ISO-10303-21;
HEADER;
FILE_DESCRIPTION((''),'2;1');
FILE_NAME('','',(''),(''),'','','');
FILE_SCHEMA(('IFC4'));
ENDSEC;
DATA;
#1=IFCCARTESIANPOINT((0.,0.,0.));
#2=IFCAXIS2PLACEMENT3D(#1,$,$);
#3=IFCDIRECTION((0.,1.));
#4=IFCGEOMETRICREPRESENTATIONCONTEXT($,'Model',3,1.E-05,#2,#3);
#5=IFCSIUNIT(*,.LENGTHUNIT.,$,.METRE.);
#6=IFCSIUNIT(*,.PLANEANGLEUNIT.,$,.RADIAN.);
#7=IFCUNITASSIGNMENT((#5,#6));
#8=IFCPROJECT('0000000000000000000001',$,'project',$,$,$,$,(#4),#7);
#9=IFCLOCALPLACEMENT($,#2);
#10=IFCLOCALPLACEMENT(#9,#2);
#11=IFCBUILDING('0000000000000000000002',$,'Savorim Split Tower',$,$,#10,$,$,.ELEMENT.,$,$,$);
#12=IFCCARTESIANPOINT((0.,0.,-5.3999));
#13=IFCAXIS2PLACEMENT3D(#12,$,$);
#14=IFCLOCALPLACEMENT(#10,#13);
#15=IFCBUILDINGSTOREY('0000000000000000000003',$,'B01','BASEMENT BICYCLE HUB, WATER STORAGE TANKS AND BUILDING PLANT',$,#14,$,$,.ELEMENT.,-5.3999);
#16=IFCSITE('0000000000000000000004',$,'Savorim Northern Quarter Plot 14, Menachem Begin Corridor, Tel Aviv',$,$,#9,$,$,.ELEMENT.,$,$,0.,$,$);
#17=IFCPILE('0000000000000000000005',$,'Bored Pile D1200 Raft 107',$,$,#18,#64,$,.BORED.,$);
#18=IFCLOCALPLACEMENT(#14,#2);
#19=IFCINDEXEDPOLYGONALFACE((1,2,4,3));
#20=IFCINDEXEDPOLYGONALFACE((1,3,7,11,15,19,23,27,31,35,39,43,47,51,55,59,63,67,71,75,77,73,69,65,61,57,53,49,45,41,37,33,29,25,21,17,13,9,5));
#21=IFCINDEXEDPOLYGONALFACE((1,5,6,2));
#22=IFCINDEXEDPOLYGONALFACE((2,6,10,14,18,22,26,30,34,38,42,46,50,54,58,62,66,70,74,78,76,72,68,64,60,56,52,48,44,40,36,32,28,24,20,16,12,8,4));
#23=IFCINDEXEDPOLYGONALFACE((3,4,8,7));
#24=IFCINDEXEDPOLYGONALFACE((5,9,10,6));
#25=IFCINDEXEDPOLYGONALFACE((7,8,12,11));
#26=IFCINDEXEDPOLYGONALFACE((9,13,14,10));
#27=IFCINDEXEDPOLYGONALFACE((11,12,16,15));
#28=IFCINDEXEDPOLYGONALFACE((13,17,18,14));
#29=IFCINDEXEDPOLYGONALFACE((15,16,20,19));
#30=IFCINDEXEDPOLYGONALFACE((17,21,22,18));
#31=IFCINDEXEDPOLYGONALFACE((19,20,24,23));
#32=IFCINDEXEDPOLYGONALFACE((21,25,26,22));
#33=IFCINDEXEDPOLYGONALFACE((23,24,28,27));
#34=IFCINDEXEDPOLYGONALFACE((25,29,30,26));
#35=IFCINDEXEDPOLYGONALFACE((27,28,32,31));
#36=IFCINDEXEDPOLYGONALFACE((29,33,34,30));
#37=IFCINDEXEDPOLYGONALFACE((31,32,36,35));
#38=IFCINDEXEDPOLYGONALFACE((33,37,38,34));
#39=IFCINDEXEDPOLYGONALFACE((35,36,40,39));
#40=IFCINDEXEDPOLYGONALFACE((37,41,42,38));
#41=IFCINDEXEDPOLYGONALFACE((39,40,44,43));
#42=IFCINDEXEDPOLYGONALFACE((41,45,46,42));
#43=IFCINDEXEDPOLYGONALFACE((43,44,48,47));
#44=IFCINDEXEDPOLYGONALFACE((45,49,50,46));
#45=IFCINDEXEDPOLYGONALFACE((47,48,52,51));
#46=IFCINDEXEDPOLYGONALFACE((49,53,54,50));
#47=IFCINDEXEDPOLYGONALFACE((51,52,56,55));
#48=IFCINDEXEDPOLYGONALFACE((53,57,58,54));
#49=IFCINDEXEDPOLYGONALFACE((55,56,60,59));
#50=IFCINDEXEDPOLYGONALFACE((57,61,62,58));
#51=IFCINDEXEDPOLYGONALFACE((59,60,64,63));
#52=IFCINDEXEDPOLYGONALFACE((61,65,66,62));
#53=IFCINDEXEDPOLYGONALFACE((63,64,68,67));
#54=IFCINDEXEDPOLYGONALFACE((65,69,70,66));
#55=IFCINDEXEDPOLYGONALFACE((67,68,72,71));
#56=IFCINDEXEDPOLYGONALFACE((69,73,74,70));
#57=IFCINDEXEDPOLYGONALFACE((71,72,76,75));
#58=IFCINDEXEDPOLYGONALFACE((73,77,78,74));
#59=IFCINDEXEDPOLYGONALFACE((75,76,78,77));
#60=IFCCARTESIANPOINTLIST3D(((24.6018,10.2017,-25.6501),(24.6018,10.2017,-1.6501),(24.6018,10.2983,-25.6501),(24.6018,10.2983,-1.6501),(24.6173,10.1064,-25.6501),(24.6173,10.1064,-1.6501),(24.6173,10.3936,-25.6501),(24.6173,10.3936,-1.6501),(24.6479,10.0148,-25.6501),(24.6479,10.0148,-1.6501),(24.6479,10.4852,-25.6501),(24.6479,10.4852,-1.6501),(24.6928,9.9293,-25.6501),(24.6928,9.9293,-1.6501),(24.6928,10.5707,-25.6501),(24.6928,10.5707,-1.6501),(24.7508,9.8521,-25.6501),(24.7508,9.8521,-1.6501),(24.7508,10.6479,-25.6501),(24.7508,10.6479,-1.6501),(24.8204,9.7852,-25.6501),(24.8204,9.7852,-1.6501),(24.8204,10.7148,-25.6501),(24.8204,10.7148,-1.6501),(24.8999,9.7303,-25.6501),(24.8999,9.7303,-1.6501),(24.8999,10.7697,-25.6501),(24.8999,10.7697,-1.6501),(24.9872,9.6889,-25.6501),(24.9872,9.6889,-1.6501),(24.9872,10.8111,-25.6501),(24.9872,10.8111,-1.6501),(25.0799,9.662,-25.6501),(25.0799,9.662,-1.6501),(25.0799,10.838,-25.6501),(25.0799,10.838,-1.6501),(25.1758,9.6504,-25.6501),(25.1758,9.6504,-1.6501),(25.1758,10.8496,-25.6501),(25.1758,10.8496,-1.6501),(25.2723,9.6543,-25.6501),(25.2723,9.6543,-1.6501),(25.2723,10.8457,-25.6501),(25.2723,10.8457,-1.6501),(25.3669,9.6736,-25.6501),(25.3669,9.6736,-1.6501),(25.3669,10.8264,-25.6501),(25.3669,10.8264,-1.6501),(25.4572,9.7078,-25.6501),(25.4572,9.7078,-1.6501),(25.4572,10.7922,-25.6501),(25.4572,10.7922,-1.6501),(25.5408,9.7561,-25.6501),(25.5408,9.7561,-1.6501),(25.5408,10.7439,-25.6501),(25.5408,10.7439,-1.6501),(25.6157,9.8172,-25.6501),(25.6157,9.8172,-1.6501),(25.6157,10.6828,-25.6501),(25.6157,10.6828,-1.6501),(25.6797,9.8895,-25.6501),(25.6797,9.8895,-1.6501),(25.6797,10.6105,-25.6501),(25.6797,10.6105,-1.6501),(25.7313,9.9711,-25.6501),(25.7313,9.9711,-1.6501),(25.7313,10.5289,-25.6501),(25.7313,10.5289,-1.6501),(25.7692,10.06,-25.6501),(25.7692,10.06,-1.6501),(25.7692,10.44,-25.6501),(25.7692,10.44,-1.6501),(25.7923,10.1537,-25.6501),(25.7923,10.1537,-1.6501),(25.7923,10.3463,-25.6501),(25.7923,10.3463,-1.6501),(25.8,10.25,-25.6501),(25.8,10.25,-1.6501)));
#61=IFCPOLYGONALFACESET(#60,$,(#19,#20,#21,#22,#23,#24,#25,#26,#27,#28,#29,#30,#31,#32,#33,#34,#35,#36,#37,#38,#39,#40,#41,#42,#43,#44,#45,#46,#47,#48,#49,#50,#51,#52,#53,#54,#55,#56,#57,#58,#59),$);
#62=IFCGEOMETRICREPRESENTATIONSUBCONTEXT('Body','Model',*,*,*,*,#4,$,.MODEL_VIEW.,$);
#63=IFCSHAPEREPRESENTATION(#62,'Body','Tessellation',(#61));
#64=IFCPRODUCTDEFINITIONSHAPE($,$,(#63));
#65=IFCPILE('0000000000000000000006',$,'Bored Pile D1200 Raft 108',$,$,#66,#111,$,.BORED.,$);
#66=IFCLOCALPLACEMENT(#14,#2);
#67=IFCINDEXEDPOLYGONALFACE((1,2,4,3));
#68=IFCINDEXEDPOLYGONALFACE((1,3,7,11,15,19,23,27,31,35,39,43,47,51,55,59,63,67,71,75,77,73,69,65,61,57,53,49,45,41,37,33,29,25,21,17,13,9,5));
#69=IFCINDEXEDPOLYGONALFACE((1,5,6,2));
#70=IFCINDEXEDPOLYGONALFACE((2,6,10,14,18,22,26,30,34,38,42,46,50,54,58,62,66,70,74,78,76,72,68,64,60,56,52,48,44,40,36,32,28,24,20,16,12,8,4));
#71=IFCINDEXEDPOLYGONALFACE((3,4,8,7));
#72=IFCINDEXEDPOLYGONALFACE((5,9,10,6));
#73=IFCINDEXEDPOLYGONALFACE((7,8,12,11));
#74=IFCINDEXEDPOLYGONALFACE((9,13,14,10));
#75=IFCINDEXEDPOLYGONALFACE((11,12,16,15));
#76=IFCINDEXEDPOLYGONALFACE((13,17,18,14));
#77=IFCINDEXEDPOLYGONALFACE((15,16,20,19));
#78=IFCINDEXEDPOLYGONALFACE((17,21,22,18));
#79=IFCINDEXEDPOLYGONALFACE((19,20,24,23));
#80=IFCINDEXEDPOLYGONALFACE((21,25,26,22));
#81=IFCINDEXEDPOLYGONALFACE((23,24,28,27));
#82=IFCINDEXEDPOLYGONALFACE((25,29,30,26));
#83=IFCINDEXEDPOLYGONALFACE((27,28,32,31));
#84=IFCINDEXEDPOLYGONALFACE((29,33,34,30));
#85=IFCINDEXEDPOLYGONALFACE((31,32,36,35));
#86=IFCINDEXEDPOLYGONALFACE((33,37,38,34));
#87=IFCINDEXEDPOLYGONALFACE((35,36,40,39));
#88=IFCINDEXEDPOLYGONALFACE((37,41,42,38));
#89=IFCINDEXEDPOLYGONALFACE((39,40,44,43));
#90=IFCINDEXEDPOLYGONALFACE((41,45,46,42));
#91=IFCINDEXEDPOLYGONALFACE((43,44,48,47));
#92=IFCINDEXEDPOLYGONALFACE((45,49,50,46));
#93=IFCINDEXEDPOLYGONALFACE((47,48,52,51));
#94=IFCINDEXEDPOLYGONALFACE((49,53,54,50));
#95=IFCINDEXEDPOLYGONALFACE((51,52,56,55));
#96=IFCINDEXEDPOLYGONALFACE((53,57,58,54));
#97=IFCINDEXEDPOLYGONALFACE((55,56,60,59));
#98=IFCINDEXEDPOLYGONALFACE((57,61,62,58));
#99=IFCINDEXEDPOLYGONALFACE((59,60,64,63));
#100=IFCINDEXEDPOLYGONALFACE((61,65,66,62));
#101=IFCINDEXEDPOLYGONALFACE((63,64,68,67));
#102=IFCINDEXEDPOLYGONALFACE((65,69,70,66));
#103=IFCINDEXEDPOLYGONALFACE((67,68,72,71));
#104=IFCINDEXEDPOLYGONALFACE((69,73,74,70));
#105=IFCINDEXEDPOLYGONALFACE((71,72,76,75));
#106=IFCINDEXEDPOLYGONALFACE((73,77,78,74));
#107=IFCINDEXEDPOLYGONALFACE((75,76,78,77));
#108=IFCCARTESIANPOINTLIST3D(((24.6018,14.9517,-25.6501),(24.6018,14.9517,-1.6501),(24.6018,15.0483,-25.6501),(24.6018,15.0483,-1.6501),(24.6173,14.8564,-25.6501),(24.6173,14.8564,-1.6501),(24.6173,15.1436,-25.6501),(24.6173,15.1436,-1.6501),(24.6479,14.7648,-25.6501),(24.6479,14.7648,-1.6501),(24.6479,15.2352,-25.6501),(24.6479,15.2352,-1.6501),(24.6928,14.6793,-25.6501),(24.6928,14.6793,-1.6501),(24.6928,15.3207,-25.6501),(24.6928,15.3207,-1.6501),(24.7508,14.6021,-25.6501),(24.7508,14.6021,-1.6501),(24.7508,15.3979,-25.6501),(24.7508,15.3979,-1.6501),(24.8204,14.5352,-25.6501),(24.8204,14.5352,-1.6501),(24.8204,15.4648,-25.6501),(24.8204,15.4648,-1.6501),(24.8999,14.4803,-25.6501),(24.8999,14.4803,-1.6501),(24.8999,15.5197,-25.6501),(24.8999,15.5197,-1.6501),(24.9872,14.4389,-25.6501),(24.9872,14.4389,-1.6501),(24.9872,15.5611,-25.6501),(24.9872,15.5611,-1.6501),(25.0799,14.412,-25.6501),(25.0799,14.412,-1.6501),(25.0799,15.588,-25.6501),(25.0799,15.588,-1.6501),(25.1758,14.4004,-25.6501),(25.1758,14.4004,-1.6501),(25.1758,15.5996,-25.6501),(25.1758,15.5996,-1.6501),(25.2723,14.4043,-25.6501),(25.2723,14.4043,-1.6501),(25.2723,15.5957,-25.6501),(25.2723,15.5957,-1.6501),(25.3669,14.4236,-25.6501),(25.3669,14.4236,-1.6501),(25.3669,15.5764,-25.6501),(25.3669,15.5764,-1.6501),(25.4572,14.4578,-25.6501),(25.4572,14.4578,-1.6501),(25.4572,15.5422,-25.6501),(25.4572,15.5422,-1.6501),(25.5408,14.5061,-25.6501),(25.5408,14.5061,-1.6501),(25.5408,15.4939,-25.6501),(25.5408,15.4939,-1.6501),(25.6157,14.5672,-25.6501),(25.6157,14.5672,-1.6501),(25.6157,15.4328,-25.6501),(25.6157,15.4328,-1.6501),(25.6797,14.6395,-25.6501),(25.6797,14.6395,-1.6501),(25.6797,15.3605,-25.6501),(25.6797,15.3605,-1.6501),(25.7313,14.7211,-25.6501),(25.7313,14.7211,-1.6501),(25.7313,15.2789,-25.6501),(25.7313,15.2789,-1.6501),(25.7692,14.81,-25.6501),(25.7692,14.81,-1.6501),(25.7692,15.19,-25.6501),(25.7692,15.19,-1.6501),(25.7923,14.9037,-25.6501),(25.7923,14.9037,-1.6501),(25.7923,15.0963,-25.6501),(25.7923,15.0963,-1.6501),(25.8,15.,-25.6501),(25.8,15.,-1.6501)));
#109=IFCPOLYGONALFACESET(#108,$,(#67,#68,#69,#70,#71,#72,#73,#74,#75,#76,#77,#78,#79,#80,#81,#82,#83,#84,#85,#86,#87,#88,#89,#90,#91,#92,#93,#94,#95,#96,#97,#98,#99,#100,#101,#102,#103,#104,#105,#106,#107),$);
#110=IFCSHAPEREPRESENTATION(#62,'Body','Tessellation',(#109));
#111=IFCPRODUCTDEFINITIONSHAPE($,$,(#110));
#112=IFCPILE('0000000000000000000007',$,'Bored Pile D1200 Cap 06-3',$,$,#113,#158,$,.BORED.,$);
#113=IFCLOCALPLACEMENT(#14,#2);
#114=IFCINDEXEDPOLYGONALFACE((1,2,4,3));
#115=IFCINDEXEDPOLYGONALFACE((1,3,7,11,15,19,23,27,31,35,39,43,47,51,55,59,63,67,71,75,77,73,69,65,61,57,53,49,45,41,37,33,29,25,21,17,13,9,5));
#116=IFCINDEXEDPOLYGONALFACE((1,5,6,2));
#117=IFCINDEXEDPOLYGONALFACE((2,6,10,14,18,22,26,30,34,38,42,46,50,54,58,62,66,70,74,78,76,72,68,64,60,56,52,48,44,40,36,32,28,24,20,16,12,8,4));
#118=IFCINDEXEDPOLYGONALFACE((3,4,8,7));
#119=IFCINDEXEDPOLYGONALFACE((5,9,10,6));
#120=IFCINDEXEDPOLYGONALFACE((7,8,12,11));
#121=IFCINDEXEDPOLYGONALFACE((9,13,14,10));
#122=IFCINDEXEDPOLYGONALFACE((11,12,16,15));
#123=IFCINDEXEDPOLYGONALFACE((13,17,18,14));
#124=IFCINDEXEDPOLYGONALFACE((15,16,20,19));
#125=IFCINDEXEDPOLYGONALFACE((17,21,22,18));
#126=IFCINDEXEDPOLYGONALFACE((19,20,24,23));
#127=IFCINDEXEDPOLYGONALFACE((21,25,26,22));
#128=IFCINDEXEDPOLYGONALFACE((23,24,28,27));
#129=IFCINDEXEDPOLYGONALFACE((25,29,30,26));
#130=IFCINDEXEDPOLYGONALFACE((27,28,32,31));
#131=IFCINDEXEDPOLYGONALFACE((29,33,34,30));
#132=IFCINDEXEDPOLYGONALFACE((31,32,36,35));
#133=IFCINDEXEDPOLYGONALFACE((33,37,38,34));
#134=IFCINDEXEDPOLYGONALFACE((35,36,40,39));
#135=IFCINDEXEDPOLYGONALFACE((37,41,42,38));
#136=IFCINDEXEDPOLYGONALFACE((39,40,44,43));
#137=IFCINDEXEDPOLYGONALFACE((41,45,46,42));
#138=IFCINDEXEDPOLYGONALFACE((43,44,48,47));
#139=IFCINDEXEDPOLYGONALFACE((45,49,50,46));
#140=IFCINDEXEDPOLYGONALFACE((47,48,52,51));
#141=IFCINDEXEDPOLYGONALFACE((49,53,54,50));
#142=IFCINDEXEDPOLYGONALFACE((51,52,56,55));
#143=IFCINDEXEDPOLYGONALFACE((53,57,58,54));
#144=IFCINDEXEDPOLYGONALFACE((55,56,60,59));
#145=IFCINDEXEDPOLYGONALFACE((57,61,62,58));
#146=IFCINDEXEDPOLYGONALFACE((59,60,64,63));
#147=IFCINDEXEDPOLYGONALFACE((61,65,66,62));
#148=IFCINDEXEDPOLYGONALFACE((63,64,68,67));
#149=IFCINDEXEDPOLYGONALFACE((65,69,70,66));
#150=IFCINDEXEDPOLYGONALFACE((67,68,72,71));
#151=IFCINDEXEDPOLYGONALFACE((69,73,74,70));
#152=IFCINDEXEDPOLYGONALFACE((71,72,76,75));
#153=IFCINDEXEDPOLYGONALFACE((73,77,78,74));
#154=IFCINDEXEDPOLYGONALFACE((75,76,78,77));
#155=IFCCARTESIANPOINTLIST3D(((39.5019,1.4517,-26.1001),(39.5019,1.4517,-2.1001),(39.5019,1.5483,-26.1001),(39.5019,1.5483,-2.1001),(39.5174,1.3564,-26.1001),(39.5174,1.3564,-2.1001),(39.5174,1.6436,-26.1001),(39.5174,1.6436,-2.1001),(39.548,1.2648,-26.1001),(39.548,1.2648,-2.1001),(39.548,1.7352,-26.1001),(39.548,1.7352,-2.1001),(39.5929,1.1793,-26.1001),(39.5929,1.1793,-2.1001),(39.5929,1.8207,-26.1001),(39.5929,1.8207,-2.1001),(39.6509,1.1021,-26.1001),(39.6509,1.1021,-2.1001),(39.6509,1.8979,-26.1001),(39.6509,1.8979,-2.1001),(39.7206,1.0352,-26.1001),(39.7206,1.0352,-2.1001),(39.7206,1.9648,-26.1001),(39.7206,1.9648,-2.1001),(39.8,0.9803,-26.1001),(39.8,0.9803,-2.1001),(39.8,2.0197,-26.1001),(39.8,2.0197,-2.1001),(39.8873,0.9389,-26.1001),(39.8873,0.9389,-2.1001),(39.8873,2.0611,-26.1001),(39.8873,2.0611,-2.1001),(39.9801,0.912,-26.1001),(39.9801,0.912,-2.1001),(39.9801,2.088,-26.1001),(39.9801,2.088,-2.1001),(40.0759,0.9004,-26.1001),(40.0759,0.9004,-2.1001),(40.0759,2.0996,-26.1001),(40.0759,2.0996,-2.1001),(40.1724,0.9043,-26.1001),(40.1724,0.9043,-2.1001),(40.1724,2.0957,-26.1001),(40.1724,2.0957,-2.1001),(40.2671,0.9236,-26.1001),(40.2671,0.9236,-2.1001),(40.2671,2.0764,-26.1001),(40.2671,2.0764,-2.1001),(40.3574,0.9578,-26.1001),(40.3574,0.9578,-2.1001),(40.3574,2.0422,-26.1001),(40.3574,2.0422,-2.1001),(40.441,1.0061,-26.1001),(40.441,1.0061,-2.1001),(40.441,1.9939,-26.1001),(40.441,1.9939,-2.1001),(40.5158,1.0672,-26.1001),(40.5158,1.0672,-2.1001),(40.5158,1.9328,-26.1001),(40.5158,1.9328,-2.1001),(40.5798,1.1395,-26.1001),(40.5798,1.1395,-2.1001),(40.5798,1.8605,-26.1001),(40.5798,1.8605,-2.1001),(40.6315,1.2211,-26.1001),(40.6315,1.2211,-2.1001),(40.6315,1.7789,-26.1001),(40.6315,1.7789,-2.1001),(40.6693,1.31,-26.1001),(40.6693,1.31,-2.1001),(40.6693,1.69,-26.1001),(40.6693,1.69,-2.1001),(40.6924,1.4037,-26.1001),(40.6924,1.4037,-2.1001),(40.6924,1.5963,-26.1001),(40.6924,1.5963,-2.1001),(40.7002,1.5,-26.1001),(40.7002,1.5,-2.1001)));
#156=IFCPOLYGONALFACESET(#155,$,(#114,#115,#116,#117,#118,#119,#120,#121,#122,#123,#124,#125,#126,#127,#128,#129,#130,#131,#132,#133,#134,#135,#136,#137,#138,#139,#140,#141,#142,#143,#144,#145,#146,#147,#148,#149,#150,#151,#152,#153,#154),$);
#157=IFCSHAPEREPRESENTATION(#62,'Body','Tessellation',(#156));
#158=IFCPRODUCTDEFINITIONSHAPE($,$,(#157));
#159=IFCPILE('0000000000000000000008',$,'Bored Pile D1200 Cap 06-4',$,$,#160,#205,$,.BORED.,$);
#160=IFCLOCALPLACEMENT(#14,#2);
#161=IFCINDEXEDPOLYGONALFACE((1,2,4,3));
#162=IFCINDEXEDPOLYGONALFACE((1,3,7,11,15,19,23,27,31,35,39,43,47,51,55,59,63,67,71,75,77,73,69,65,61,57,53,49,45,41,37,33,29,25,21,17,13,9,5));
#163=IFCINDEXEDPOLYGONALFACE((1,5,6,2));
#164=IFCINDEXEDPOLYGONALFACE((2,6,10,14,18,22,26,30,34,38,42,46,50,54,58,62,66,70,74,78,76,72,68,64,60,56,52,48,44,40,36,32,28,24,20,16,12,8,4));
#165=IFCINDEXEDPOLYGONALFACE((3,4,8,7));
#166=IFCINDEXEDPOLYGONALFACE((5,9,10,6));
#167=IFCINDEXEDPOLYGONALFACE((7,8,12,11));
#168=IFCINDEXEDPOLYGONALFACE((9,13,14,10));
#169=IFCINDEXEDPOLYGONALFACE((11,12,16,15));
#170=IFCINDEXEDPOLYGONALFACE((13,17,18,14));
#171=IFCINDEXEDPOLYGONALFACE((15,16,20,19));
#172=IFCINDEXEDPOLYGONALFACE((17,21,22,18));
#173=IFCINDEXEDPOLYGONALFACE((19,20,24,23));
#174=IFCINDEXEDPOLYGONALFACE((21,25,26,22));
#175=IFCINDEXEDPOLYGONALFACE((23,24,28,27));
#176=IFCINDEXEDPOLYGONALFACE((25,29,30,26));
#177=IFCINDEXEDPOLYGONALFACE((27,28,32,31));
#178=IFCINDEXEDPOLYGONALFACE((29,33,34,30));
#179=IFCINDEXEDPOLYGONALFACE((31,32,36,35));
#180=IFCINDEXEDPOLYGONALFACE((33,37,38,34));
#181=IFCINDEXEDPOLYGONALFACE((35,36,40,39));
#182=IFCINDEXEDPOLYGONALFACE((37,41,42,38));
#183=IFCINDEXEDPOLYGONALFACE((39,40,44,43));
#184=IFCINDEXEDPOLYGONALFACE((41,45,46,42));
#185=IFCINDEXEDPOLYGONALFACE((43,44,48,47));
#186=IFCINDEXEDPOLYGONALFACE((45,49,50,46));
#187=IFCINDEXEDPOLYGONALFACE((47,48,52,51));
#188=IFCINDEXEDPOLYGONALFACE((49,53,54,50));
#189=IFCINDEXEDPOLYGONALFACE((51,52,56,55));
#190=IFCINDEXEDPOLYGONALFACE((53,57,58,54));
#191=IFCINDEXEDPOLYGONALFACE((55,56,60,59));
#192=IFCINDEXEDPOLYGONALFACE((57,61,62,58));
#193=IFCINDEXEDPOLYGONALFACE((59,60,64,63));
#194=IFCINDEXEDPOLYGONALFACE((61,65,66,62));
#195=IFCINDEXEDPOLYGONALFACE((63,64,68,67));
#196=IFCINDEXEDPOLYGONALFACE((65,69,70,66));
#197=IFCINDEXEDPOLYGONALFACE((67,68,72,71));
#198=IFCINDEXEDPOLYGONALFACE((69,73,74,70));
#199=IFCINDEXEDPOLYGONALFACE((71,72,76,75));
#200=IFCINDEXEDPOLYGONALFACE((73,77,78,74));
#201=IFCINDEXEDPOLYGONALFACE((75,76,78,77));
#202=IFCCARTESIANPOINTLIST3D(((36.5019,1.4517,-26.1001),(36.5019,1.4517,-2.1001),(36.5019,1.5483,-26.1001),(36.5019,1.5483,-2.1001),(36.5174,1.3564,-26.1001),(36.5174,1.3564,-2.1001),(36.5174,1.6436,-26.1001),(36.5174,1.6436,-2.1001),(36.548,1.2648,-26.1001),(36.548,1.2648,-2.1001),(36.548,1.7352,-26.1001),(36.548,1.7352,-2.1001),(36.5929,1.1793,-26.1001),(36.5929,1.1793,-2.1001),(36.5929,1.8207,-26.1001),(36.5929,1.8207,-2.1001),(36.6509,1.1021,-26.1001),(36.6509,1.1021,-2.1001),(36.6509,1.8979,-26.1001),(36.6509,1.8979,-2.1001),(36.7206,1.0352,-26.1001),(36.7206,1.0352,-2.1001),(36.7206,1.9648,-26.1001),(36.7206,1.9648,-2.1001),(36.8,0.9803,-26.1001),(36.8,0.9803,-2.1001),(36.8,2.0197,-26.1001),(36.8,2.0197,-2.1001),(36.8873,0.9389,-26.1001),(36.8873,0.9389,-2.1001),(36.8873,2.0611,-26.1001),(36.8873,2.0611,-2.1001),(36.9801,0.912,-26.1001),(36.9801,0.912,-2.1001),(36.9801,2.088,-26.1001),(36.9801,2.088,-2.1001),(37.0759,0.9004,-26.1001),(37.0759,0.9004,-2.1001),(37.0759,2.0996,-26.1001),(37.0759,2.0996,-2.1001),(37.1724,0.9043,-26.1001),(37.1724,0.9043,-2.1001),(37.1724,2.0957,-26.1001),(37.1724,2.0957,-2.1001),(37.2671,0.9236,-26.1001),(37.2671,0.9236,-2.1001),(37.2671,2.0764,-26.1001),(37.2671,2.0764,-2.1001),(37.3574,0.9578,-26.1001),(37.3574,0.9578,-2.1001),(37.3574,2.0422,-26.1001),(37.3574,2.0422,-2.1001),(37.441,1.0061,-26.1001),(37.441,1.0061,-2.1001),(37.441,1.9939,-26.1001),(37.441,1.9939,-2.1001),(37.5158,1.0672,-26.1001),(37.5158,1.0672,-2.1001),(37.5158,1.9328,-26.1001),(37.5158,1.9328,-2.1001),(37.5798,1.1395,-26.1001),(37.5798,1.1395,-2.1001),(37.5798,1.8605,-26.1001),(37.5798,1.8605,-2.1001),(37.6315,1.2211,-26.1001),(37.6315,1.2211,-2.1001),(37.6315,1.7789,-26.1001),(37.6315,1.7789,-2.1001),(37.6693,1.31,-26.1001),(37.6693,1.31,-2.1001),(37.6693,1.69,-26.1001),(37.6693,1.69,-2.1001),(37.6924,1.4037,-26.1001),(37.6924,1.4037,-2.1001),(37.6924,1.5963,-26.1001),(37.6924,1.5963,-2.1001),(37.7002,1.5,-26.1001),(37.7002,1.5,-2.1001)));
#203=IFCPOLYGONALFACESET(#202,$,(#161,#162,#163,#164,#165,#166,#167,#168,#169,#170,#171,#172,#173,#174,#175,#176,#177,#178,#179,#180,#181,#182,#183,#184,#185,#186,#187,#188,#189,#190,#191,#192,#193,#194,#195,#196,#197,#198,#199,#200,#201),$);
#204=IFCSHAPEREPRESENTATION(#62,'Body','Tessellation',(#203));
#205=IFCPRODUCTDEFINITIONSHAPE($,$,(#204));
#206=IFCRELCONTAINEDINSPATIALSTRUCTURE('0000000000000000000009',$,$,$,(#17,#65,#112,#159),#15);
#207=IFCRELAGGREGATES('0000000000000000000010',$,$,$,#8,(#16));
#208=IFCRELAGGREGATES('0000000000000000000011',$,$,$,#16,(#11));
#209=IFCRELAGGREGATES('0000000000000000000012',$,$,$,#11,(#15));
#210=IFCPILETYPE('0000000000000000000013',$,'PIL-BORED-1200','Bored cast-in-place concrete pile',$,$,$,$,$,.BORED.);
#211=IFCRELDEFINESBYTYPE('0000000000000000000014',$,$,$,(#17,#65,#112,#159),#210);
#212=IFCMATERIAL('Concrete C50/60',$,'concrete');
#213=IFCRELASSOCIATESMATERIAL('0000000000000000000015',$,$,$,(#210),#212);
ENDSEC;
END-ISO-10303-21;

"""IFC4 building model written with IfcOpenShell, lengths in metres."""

from ifc_helpers import new_model, si_unit, direction, frame, origin, origin_2d, place, context, subcontext, project, spatial, circle, extrude, material, material_profile, profile_set, type_object, element, save


model = new_model("IFC4")

# Units and contexts
model_context = context("Model", 3, precision=1e-05, world=origin(), true_north=direction((0.0, 1.0)))
body_context = subcontext(model_context, "Body", "Model", "MODEL_VIEW")
ifc_project = project(units=[si_unit("LENGTHUNIT", "METRE"), si_unit("PLANEANGLEUNIT", "RADIAN")], contexts=[model_context])

# Site, building, storey
site_placement = place(None, origin())
site = spatial("IfcSite", under=ifc_project, at=site_placement, Name="Savorim Northern Quarter Plot 14, Menachem Begin Corridor, Tel Aviv", CompositionType="ELEMENT", RefElevation=0.0)
building_placement = place(site_placement, origin())
building = spatial("IfcBuilding", under=site, at=building_placement, Name="Savorim Split Tower", CompositionType="ELEMENT")
storey_placement = place(building_placement, frame((0.0, 0.0, -5.3999)))
storey = spatial("IfcBuildingStorey", under=building, at=storey_placement, Name="B01", Description="BASEMENT BICYCLE HUB, WATER STORAGE TANKS AND BUILDING PLANT", CompositionType="ELEMENT", Elevation=-5.3999)

# Shared definitions
ifc_material_1 = material(Name="Concrete C50/60", Category="concrete")

# Piles
ifc_material_profile_1 = material_profile(ifc_material_1, circle(Radius=0.6001, at=origin_2d()), Name="PILE D1200")
ifc_profile_set_1 = profile_set([ifc_material_profile_1], Name="Concrete C50/60")
pile_type = type_object("IfcPileType", Name="PIL-BORED-1200", Description="Bored cast-in-place concrete pile", PredefinedType="BORED", material=ifc_profile_set_1)
for number, where, z_axis, x_axis, name in (
    (1, (25.2, 10.25, -1.6501), (0.0, 0.0, -1.0), (1.0, 0.0, 0.0), "Bored Pile D1200 Raft 107"),
    (2, (25.2, 15.0, -1.6501), (0.0, 0.0, -1.0), (1.0, 0.0, 0.0), "Bored Pile D1200 Raft 108"),
    (3, (40.1001, 1.5, -2.1001), (0.0, 0.0, -1.0), (1.0, 0.0, 0.0), "Bored Pile D1200 Cap 06-3"),
    (4, (37.1001, 1.5, -2.1001), (0.0, 0.0, -1.0), (1.0, 0.0, 0.0), "Bored Pile D1200 Cap 06-4"),
):
    element("IfcPile", number, at=place(storey_placement, frame(where, z_axis=z_axis, x_axis=x_axis)), inside=storey, type_object=pile_type, Name=name, PredefinedType="BORED", context=body_context, shape_type="SweptSolid", body=[
        extrude(circle(Radius=0.6001, at=origin_2d()), origin(), (0.0, 0.0, 1.0), 24.0),
    ])

save(model, "model.ifc")
